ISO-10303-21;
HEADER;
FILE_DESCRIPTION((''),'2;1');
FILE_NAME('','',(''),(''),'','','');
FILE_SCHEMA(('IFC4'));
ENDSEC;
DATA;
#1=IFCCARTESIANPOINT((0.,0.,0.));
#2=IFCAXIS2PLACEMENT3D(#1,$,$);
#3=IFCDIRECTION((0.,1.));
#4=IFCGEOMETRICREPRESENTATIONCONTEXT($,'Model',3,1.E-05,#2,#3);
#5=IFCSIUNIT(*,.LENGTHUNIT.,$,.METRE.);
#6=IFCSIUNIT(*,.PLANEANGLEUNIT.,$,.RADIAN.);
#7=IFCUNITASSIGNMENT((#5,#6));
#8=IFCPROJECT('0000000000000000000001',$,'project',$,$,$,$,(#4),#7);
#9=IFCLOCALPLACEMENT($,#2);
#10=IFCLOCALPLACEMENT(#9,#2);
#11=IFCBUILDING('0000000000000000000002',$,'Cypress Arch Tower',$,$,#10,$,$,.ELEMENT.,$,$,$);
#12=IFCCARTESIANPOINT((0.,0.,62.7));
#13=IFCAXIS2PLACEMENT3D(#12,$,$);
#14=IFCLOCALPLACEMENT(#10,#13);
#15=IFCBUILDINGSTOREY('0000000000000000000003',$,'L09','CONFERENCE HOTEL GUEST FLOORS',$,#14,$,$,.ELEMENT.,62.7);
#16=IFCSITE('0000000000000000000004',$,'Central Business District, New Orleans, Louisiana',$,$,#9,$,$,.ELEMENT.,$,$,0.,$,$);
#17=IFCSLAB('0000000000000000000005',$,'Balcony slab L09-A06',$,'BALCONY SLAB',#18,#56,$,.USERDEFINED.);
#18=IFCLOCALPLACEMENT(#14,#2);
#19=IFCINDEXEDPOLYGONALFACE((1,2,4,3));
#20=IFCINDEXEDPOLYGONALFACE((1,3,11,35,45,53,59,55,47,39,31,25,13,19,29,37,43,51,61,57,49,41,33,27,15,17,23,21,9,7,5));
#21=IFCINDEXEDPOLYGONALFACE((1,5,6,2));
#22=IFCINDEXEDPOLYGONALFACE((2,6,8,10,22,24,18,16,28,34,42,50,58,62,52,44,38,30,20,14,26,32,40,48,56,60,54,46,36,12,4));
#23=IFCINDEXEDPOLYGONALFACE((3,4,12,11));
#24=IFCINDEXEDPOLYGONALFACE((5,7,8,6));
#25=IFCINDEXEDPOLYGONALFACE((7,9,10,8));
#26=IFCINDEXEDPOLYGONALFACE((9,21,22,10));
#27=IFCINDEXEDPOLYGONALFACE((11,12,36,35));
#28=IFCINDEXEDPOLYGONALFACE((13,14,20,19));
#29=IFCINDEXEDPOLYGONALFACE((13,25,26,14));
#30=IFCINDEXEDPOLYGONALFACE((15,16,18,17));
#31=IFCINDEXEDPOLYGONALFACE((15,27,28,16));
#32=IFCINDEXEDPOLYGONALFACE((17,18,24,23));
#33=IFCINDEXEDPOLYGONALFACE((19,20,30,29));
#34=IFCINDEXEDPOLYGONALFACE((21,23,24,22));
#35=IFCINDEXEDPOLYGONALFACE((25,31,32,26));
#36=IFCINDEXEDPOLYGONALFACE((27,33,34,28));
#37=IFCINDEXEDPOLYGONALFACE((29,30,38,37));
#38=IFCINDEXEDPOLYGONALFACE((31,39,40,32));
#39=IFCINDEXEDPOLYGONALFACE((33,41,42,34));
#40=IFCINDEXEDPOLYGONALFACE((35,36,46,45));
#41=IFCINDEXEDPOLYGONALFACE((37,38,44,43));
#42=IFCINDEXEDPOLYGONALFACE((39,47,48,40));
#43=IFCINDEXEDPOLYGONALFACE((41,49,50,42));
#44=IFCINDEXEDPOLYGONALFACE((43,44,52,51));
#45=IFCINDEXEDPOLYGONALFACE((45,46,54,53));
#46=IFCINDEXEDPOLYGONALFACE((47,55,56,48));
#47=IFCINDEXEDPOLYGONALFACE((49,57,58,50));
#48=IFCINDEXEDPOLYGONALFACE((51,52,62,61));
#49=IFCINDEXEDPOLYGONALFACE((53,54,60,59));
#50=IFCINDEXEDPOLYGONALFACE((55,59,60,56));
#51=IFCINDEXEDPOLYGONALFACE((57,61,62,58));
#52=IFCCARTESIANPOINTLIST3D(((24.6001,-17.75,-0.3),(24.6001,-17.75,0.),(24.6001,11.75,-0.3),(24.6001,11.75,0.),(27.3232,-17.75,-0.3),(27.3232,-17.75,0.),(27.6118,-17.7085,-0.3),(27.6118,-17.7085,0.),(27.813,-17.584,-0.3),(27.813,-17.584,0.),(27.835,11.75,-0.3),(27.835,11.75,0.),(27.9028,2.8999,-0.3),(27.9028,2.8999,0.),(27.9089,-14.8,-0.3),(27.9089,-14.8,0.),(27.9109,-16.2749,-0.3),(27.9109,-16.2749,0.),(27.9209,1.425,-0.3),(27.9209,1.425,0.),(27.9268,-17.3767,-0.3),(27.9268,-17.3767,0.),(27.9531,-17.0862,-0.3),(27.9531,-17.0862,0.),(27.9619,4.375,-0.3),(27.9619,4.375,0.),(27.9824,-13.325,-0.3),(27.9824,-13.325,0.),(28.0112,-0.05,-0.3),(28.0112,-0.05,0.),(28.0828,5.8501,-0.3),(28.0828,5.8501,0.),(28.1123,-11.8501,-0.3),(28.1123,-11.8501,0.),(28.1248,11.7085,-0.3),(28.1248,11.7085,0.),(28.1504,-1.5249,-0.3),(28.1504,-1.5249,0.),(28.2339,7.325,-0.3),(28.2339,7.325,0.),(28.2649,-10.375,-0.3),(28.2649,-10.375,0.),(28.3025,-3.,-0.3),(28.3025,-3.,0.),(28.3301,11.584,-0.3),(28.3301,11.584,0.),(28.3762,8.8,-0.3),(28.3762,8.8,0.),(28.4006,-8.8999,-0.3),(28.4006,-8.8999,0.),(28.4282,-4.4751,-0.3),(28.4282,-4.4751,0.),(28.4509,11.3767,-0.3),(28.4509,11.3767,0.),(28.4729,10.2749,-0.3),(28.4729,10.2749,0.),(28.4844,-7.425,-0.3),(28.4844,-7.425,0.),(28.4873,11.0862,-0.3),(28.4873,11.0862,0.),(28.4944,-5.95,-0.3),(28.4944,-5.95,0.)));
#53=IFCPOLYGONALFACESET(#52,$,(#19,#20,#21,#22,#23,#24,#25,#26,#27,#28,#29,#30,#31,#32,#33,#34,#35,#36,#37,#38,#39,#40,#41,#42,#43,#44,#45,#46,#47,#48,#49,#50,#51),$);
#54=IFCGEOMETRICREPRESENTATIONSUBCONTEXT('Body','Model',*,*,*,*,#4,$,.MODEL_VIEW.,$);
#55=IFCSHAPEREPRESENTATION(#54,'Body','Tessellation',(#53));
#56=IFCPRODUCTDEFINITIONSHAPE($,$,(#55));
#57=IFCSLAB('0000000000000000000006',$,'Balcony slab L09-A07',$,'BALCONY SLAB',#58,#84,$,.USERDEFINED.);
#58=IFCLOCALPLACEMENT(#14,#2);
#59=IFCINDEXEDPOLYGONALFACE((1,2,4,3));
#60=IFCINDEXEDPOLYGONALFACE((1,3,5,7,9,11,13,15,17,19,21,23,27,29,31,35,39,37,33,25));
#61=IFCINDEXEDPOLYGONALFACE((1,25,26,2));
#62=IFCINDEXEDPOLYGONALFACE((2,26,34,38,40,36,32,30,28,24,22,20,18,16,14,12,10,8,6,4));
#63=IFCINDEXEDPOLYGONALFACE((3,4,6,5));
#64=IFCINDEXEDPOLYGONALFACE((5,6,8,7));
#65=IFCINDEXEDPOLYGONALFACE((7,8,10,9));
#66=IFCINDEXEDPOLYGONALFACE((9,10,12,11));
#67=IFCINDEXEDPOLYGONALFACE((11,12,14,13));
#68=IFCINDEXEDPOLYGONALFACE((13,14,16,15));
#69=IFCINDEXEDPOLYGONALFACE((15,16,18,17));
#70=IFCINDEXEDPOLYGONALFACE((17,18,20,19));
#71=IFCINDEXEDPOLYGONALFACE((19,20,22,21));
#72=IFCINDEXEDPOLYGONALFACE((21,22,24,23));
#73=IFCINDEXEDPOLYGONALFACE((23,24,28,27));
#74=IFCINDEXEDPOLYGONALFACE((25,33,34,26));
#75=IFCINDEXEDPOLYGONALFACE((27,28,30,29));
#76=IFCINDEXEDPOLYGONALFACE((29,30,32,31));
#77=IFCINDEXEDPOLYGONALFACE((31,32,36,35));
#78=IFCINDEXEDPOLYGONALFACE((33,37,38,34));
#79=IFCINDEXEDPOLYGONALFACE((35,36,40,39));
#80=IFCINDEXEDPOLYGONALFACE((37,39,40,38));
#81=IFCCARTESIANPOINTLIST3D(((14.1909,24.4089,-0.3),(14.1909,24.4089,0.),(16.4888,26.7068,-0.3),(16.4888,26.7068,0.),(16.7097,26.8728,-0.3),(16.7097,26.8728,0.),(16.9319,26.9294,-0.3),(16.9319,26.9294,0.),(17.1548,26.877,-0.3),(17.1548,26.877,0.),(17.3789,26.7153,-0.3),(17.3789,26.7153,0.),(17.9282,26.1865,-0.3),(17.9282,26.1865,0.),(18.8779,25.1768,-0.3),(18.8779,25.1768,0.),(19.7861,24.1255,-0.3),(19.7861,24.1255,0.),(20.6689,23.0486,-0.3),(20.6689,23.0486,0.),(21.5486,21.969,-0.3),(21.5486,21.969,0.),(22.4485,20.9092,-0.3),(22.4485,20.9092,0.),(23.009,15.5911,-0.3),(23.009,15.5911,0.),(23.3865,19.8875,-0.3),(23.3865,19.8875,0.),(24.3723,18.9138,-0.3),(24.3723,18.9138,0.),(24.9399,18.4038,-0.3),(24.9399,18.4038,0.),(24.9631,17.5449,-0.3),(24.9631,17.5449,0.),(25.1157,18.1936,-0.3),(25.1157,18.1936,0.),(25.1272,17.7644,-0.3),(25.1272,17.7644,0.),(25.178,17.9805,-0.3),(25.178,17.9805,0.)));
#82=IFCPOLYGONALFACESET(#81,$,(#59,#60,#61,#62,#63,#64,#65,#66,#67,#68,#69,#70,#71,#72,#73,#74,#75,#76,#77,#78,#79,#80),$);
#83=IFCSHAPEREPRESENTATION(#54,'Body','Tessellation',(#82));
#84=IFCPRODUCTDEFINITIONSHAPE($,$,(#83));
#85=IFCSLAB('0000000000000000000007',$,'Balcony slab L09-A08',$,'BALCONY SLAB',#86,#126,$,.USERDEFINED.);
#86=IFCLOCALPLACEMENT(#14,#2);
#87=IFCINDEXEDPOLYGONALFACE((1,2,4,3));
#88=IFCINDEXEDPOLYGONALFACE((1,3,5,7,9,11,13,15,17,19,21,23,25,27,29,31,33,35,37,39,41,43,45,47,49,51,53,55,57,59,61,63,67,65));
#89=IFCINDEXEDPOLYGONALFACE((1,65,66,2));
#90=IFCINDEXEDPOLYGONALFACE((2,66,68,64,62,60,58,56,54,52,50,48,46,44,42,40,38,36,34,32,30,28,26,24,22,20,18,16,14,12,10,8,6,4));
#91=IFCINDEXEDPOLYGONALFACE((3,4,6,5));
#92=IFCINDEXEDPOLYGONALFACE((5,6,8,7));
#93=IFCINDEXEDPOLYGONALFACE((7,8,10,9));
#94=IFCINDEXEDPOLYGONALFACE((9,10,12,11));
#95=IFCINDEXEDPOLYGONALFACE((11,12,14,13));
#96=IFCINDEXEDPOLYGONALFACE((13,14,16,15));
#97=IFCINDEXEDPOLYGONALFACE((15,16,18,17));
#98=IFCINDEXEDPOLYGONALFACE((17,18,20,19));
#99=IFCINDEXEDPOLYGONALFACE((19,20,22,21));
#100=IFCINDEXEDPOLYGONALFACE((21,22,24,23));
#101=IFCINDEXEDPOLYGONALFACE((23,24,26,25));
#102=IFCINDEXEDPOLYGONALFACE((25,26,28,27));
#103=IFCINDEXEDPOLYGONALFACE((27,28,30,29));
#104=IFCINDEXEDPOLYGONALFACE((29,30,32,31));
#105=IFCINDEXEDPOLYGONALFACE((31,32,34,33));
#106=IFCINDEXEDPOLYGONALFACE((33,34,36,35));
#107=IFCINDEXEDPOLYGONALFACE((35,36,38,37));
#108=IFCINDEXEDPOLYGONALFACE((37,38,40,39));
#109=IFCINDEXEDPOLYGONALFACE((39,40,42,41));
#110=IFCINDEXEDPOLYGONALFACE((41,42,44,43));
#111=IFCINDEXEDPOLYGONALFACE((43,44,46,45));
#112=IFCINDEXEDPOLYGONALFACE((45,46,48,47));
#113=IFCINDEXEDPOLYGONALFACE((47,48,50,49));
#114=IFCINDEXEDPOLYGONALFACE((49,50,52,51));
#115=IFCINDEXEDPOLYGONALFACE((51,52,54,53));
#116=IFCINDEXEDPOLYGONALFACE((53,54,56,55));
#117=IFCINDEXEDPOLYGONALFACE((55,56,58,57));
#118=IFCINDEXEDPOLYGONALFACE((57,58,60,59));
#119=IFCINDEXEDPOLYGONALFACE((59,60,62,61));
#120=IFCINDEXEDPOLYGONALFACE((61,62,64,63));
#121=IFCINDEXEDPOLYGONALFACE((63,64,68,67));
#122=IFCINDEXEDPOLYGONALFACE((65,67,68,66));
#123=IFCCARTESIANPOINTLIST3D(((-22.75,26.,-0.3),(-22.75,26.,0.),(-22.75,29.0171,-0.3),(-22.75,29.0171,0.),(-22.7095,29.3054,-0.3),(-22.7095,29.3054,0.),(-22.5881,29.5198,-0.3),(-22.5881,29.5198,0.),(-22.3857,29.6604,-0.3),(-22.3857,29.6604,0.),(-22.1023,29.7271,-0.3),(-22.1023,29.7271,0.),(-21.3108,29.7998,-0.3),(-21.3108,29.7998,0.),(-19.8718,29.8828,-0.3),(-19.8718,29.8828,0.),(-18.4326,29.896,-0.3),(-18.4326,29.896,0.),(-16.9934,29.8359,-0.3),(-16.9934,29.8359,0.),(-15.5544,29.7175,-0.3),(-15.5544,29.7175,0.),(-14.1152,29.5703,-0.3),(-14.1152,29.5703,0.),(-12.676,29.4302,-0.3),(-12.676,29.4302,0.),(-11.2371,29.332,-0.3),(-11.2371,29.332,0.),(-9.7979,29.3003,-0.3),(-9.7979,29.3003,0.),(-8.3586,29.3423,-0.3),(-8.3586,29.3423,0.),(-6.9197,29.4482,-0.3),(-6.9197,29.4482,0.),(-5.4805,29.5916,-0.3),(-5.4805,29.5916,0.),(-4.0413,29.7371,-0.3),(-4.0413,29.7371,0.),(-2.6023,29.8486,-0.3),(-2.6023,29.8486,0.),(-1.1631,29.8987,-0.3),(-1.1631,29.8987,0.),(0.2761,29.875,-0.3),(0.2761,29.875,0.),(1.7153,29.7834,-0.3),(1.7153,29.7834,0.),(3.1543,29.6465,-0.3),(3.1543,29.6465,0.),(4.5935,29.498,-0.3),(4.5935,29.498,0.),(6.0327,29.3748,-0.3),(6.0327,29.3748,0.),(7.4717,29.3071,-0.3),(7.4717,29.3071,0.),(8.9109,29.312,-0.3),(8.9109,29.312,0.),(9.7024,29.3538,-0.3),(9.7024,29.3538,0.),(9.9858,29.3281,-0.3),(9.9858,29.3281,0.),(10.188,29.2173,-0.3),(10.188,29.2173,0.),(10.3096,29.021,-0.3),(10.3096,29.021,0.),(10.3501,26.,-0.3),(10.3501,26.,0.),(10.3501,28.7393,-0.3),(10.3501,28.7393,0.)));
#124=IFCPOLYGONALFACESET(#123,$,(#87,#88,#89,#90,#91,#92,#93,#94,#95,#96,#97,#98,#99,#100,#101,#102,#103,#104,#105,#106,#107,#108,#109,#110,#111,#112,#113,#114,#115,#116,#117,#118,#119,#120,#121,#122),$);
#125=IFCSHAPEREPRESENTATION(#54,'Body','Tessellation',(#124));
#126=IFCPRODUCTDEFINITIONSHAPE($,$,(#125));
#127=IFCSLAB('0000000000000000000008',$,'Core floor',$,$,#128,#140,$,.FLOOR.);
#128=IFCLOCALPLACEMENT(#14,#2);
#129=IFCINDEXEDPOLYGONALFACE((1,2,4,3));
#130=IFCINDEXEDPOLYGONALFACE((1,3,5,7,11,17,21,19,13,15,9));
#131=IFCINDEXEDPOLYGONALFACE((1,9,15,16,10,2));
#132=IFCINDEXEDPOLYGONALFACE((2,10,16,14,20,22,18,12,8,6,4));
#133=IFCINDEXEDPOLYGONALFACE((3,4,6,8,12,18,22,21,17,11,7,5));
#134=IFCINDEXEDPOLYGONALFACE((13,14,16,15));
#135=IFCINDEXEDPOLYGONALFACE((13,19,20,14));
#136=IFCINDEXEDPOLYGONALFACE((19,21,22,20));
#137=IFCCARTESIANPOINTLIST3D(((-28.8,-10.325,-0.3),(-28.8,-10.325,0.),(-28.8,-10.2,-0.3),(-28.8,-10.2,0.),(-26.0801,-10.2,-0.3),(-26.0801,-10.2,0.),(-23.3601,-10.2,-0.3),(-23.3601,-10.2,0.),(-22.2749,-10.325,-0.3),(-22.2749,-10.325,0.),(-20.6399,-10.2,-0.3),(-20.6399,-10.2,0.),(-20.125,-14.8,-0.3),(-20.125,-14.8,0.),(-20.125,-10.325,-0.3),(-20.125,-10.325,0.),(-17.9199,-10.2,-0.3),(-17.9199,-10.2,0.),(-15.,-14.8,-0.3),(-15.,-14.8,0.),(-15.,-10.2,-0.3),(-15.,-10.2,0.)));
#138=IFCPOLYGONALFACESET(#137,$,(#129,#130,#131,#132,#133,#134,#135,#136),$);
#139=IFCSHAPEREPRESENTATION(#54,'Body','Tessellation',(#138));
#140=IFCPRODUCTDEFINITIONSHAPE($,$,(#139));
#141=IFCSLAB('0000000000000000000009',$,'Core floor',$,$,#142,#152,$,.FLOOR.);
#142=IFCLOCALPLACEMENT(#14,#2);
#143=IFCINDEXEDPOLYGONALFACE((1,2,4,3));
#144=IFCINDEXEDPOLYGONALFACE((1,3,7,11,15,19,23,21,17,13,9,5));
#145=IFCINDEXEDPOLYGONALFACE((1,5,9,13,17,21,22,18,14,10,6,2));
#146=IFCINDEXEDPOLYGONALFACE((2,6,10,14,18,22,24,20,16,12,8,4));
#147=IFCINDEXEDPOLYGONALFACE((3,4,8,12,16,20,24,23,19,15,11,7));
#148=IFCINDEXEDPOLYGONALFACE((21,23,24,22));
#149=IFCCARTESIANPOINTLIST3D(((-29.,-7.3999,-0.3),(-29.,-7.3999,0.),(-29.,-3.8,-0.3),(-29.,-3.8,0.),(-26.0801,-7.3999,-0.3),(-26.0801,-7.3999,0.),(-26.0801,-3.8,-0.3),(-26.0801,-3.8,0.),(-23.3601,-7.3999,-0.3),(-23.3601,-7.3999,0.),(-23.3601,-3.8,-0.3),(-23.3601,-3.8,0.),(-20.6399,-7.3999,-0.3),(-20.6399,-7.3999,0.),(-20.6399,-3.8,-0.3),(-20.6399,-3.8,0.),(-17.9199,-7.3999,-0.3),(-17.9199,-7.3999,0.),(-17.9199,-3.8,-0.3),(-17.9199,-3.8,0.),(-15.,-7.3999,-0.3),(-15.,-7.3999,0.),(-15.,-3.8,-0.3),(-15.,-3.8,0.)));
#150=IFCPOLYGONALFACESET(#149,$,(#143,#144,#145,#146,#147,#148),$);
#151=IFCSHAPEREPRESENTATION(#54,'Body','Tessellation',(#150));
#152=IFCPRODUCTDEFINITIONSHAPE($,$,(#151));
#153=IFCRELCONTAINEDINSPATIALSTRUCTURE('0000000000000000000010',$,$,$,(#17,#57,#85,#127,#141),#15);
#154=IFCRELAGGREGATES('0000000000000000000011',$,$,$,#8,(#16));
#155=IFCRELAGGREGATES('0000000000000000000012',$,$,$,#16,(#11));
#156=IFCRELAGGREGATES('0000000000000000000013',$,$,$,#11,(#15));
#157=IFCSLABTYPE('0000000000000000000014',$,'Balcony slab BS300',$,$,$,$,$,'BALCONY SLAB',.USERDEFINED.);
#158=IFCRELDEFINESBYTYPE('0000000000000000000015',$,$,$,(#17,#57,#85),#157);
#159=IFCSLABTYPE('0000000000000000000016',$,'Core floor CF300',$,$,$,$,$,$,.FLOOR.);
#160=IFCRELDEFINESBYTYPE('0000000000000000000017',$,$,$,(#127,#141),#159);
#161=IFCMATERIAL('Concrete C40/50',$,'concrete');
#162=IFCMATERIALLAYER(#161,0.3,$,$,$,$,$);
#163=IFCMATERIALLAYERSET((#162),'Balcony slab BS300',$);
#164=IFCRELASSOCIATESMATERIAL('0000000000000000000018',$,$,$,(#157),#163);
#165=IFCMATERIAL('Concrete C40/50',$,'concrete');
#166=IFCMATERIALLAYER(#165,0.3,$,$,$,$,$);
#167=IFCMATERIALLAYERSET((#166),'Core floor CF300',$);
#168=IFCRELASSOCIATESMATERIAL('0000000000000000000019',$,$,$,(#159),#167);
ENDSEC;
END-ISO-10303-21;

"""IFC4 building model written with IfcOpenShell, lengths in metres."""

from ifc_helpers import new_model, si_unit, direction, frame, origin, place, context, subcontext, project, spatial, polyline, outline, extrude, material, layer, layer_set, type_object, element, save


model = new_model("IFC4")

# Units and contexts
model_context = context("Model", 3, precision=1e-05, world=origin(), true_north=direction((0.0, 1.0)))
body_context = subcontext(model_context, "Body", "Model", "MODEL_VIEW")
ifc_project = project(units=[si_unit("LENGTHUNIT", "METRE"), si_unit("PLANEANGLEUNIT", "RADIAN")], contexts=[model_context])

# Site, building, storey
site_placement = place(None, origin())
site = spatial("IfcSite", under=ifc_project, at=site_placement, Name="Central Business District, New Orleans, Louisiana", CompositionType="ELEMENT", RefElevation=0.0)
building_placement = place(site_placement, origin())
building = spatial("IfcBuilding", under=site, at=building_placement, Name="Cypress Arch Tower", CompositionType="ELEMENT")
storey_placement = place(building_placement, frame((0.0, 0.0, 62.7)))
storey = spatial("IfcBuildingStorey", under=building, at=storey_placement, Name="L09", Description="CONFERENCE HOTEL GUEST FLOORS", CompositionType="ELEMENT", Elevation=62.7)

# Slabs
ifc_material_1 = material(Name="Concrete C40/50", Category="concrete")
ifc_layer_1 = layer(ifc_material_1, 0.3)
ifc_layer_set_1 = layer_set([ifc_layer_1], Name="Balcony slab BS300")
slab_type_1 = type_object("IfcSlabType", Name="Balcony slab BS300", ElementType="BALCONY SLAB", PredefinedType="USERDEFINED", material=ifc_layer_set_1)
slab_1_placement = place(storey_placement, frame((0.0, 0.0, -0.3)))
element("IfcSlab", 1, at=slab_1_placement, inside=storey, type_object=slab_type_1, Name="Balcony slab L09-A06", ObjectType="BALCONY SLAB", PredefinedType="USERDEFINED", context=body_context, shape_type="SweptSolid", body=[
    extrude(outline(polyline([(24.6001, -17.75), (27.3232, -17.75), (27.6118, -17.7085), (27.813, -17.584), (27.9268, -17.3767), (27.9531, -17.0862), (27.9109, -16.2749), (27.9089, -14.8), (27.9824, -13.325), (28.1123, -11.8501), (28.2649, -10.375), (28.4006, -8.8999), (28.4844, -7.425), (28.4944, -5.95), (28.4282, -4.4751), (28.3025, -3.0), (28.1504, -1.5249), (28.0112, -0.05), (27.9209, 1.425), (27.9028, 2.8999), (27.9619, 4.375), (28.0828, 5.8501), (28.2339, 7.325), (28.3762, 8.8), (28.4729, 10.2749), (28.4873, 11.0862), (28.4509, 11.3767), (28.3301, 11.584), (28.1248, 11.7085), (27.835, 11.75), (24.6001, 11.75), (24.6001, -17.75)])), origin(), (0.0, 0.0, 1.0), 0.3),
])
slab_2_placement = place(storey_placement, frame((0.0, 0.0, -0.3)))
element("IfcSlab", 2, at=slab_2_placement, inside=storey, type_object=slab_type_1, Name="Balcony slab L09-A07", ObjectType="BALCONY SLAB", PredefinedType="USERDEFINED", context=body_context, shape_type="SweptSolid", body=[
    extrude(outline(polyline([(23.009, 15.5911), (24.9631, 17.5449), (25.1272, 17.7644), (25.178, 17.9805), (25.1157, 18.1936), (24.9399, 18.4038), (24.3723, 18.9138), (23.3865, 19.8875), (22.4485, 20.9092), (21.5486, 21.969), (20.6689, 23.0486), (19.7861, 24.1255), (18.8779, 25.1768), (17.9282, 26.1865), (17.3789, 26.7153), (17.1548, 26.877), (16.9319, 26.9294), (16.7097, 26.8728), (16.4888, 26.7068), (14.1909, 24.4089), (23.009, 15.5911)])), origin(), (0.0, 0.0, 1.0), 0.3),
])
slab_3_placement = place(storey_placement, frame((0.0, 0.0, -0.3)))
element("IfcSlab", 3, at=slab_3_placement, inside=storey, type_object=slab_type_1, Name="Balcony slab L09-A08", ObjectType="BALCONY SLAB", PredefinedType="USERDEFINED", context=body_context, shape_type="SweptSolid", body=[
    extrude(outline(polyline([(10.3501, 26.0), (10.3501, 28.7393), (10.3096, 29.021), (10.188, 29.2173), (9.9858, 29.3281), (9.7024, 29.3538), (8.9109, 29.312), (7.4717, 29.3071), (6.0327, 29.3748), (4.5935, 29.498), (3.1543, 29.6465), (1.7153, 29.7834), (0.2761, 29.875), (-1.1631, 29.8987), (-2.6023, 29.8486), (-4.0413, 29.7371), (-5.4805, 29.5916), (-6.9197, 29.4482), (-8.3586, 29.3423), (-9.7979, 29.3003), (-11.2371, 29.332), (-12.676, 29.4302), (-14.1152, 29.5703), (-15.5544, 29.7175), (-16.9934, 29.8359), (-18.4326, 29.896), (-19.8718, 29.8828), (-21.3108, 29.7998), (-22.1023, 29.7271), (-22.3857, 29.6604), (-22.5881, 29.5198), (-22.7095, 29.3054), (-22.75, 29.0171), (-22.75, 26.0), (10.3501, 26.0)])), origin(), (0.0, 0.0, 1.0), 0.3),
])
ifc_material_2 = material(Name="Concrete C40/50", Category="concrete")
ifc_layer_2 = layer(ifc_material_2, 0.3)
ifc_layer_set_2 = layer_set([ifc_layer_2], Name="Core floor CF300")
slab_type_2 = type_object("IfcSlabType", Name="Core floor CF300", PredefinedType="FLOOR", material=ifc_layer_set_2)
slab_4_placement = place(storey_placement, frame((0.0, 0.0, -0.3)))
element("IfcSlab", 4, at=slab_4_placement, inside=storey, type_object=slab_type_2, Name="Core floor", PredefinedType="FLOOR", context=body_context, shape_type="SweptSolid", body=[
    extrude(outline(polyline([(-20.125, -14.8), (-15.0, -14.8), (-15.0, -10.2), (-17.9199, -10.2), (-20.6399, -10.2), (-23.3601, -10.2), (-26.0801, -10.2), (-28.8, -10.2), (-28.8, -10.325), (-22.2749, -10.325), (-20.125, -10.325), (-20.125, -14.8)])), origin(), (0.0, 0.0, 1.0), 0.3),
])
slab_5_placement = place(storey_placement, frame((0.0, 0.0, -0.3)))
element("IfcSlab", 5, at=slab_5_placement, inside=storey, type_object=slab_type_2, Name="Core floor", PredefinedType="FLOOR", context=body_context, shape_type="SweptSolid", body=[
    extrude(outline(polyline([(-29.0, -3.8), (-29.0, -7.3999), (-26.0801, -7.3999), (-23.3601, -7.3999), (-20.6399, -7.3999), (-17.9199, -7.3999), (-15.0, -7.3999), (-15.0, -3.8), (-17.9199, -3.8), (-20.6399, -3.8), (-23.3601, -3.8), (-26.0801, -3.8), (-29.0, -3.8)])), origin(), (0.0, 0.0, 1.0), 0.3),
])

save(model, "model.ifc")
